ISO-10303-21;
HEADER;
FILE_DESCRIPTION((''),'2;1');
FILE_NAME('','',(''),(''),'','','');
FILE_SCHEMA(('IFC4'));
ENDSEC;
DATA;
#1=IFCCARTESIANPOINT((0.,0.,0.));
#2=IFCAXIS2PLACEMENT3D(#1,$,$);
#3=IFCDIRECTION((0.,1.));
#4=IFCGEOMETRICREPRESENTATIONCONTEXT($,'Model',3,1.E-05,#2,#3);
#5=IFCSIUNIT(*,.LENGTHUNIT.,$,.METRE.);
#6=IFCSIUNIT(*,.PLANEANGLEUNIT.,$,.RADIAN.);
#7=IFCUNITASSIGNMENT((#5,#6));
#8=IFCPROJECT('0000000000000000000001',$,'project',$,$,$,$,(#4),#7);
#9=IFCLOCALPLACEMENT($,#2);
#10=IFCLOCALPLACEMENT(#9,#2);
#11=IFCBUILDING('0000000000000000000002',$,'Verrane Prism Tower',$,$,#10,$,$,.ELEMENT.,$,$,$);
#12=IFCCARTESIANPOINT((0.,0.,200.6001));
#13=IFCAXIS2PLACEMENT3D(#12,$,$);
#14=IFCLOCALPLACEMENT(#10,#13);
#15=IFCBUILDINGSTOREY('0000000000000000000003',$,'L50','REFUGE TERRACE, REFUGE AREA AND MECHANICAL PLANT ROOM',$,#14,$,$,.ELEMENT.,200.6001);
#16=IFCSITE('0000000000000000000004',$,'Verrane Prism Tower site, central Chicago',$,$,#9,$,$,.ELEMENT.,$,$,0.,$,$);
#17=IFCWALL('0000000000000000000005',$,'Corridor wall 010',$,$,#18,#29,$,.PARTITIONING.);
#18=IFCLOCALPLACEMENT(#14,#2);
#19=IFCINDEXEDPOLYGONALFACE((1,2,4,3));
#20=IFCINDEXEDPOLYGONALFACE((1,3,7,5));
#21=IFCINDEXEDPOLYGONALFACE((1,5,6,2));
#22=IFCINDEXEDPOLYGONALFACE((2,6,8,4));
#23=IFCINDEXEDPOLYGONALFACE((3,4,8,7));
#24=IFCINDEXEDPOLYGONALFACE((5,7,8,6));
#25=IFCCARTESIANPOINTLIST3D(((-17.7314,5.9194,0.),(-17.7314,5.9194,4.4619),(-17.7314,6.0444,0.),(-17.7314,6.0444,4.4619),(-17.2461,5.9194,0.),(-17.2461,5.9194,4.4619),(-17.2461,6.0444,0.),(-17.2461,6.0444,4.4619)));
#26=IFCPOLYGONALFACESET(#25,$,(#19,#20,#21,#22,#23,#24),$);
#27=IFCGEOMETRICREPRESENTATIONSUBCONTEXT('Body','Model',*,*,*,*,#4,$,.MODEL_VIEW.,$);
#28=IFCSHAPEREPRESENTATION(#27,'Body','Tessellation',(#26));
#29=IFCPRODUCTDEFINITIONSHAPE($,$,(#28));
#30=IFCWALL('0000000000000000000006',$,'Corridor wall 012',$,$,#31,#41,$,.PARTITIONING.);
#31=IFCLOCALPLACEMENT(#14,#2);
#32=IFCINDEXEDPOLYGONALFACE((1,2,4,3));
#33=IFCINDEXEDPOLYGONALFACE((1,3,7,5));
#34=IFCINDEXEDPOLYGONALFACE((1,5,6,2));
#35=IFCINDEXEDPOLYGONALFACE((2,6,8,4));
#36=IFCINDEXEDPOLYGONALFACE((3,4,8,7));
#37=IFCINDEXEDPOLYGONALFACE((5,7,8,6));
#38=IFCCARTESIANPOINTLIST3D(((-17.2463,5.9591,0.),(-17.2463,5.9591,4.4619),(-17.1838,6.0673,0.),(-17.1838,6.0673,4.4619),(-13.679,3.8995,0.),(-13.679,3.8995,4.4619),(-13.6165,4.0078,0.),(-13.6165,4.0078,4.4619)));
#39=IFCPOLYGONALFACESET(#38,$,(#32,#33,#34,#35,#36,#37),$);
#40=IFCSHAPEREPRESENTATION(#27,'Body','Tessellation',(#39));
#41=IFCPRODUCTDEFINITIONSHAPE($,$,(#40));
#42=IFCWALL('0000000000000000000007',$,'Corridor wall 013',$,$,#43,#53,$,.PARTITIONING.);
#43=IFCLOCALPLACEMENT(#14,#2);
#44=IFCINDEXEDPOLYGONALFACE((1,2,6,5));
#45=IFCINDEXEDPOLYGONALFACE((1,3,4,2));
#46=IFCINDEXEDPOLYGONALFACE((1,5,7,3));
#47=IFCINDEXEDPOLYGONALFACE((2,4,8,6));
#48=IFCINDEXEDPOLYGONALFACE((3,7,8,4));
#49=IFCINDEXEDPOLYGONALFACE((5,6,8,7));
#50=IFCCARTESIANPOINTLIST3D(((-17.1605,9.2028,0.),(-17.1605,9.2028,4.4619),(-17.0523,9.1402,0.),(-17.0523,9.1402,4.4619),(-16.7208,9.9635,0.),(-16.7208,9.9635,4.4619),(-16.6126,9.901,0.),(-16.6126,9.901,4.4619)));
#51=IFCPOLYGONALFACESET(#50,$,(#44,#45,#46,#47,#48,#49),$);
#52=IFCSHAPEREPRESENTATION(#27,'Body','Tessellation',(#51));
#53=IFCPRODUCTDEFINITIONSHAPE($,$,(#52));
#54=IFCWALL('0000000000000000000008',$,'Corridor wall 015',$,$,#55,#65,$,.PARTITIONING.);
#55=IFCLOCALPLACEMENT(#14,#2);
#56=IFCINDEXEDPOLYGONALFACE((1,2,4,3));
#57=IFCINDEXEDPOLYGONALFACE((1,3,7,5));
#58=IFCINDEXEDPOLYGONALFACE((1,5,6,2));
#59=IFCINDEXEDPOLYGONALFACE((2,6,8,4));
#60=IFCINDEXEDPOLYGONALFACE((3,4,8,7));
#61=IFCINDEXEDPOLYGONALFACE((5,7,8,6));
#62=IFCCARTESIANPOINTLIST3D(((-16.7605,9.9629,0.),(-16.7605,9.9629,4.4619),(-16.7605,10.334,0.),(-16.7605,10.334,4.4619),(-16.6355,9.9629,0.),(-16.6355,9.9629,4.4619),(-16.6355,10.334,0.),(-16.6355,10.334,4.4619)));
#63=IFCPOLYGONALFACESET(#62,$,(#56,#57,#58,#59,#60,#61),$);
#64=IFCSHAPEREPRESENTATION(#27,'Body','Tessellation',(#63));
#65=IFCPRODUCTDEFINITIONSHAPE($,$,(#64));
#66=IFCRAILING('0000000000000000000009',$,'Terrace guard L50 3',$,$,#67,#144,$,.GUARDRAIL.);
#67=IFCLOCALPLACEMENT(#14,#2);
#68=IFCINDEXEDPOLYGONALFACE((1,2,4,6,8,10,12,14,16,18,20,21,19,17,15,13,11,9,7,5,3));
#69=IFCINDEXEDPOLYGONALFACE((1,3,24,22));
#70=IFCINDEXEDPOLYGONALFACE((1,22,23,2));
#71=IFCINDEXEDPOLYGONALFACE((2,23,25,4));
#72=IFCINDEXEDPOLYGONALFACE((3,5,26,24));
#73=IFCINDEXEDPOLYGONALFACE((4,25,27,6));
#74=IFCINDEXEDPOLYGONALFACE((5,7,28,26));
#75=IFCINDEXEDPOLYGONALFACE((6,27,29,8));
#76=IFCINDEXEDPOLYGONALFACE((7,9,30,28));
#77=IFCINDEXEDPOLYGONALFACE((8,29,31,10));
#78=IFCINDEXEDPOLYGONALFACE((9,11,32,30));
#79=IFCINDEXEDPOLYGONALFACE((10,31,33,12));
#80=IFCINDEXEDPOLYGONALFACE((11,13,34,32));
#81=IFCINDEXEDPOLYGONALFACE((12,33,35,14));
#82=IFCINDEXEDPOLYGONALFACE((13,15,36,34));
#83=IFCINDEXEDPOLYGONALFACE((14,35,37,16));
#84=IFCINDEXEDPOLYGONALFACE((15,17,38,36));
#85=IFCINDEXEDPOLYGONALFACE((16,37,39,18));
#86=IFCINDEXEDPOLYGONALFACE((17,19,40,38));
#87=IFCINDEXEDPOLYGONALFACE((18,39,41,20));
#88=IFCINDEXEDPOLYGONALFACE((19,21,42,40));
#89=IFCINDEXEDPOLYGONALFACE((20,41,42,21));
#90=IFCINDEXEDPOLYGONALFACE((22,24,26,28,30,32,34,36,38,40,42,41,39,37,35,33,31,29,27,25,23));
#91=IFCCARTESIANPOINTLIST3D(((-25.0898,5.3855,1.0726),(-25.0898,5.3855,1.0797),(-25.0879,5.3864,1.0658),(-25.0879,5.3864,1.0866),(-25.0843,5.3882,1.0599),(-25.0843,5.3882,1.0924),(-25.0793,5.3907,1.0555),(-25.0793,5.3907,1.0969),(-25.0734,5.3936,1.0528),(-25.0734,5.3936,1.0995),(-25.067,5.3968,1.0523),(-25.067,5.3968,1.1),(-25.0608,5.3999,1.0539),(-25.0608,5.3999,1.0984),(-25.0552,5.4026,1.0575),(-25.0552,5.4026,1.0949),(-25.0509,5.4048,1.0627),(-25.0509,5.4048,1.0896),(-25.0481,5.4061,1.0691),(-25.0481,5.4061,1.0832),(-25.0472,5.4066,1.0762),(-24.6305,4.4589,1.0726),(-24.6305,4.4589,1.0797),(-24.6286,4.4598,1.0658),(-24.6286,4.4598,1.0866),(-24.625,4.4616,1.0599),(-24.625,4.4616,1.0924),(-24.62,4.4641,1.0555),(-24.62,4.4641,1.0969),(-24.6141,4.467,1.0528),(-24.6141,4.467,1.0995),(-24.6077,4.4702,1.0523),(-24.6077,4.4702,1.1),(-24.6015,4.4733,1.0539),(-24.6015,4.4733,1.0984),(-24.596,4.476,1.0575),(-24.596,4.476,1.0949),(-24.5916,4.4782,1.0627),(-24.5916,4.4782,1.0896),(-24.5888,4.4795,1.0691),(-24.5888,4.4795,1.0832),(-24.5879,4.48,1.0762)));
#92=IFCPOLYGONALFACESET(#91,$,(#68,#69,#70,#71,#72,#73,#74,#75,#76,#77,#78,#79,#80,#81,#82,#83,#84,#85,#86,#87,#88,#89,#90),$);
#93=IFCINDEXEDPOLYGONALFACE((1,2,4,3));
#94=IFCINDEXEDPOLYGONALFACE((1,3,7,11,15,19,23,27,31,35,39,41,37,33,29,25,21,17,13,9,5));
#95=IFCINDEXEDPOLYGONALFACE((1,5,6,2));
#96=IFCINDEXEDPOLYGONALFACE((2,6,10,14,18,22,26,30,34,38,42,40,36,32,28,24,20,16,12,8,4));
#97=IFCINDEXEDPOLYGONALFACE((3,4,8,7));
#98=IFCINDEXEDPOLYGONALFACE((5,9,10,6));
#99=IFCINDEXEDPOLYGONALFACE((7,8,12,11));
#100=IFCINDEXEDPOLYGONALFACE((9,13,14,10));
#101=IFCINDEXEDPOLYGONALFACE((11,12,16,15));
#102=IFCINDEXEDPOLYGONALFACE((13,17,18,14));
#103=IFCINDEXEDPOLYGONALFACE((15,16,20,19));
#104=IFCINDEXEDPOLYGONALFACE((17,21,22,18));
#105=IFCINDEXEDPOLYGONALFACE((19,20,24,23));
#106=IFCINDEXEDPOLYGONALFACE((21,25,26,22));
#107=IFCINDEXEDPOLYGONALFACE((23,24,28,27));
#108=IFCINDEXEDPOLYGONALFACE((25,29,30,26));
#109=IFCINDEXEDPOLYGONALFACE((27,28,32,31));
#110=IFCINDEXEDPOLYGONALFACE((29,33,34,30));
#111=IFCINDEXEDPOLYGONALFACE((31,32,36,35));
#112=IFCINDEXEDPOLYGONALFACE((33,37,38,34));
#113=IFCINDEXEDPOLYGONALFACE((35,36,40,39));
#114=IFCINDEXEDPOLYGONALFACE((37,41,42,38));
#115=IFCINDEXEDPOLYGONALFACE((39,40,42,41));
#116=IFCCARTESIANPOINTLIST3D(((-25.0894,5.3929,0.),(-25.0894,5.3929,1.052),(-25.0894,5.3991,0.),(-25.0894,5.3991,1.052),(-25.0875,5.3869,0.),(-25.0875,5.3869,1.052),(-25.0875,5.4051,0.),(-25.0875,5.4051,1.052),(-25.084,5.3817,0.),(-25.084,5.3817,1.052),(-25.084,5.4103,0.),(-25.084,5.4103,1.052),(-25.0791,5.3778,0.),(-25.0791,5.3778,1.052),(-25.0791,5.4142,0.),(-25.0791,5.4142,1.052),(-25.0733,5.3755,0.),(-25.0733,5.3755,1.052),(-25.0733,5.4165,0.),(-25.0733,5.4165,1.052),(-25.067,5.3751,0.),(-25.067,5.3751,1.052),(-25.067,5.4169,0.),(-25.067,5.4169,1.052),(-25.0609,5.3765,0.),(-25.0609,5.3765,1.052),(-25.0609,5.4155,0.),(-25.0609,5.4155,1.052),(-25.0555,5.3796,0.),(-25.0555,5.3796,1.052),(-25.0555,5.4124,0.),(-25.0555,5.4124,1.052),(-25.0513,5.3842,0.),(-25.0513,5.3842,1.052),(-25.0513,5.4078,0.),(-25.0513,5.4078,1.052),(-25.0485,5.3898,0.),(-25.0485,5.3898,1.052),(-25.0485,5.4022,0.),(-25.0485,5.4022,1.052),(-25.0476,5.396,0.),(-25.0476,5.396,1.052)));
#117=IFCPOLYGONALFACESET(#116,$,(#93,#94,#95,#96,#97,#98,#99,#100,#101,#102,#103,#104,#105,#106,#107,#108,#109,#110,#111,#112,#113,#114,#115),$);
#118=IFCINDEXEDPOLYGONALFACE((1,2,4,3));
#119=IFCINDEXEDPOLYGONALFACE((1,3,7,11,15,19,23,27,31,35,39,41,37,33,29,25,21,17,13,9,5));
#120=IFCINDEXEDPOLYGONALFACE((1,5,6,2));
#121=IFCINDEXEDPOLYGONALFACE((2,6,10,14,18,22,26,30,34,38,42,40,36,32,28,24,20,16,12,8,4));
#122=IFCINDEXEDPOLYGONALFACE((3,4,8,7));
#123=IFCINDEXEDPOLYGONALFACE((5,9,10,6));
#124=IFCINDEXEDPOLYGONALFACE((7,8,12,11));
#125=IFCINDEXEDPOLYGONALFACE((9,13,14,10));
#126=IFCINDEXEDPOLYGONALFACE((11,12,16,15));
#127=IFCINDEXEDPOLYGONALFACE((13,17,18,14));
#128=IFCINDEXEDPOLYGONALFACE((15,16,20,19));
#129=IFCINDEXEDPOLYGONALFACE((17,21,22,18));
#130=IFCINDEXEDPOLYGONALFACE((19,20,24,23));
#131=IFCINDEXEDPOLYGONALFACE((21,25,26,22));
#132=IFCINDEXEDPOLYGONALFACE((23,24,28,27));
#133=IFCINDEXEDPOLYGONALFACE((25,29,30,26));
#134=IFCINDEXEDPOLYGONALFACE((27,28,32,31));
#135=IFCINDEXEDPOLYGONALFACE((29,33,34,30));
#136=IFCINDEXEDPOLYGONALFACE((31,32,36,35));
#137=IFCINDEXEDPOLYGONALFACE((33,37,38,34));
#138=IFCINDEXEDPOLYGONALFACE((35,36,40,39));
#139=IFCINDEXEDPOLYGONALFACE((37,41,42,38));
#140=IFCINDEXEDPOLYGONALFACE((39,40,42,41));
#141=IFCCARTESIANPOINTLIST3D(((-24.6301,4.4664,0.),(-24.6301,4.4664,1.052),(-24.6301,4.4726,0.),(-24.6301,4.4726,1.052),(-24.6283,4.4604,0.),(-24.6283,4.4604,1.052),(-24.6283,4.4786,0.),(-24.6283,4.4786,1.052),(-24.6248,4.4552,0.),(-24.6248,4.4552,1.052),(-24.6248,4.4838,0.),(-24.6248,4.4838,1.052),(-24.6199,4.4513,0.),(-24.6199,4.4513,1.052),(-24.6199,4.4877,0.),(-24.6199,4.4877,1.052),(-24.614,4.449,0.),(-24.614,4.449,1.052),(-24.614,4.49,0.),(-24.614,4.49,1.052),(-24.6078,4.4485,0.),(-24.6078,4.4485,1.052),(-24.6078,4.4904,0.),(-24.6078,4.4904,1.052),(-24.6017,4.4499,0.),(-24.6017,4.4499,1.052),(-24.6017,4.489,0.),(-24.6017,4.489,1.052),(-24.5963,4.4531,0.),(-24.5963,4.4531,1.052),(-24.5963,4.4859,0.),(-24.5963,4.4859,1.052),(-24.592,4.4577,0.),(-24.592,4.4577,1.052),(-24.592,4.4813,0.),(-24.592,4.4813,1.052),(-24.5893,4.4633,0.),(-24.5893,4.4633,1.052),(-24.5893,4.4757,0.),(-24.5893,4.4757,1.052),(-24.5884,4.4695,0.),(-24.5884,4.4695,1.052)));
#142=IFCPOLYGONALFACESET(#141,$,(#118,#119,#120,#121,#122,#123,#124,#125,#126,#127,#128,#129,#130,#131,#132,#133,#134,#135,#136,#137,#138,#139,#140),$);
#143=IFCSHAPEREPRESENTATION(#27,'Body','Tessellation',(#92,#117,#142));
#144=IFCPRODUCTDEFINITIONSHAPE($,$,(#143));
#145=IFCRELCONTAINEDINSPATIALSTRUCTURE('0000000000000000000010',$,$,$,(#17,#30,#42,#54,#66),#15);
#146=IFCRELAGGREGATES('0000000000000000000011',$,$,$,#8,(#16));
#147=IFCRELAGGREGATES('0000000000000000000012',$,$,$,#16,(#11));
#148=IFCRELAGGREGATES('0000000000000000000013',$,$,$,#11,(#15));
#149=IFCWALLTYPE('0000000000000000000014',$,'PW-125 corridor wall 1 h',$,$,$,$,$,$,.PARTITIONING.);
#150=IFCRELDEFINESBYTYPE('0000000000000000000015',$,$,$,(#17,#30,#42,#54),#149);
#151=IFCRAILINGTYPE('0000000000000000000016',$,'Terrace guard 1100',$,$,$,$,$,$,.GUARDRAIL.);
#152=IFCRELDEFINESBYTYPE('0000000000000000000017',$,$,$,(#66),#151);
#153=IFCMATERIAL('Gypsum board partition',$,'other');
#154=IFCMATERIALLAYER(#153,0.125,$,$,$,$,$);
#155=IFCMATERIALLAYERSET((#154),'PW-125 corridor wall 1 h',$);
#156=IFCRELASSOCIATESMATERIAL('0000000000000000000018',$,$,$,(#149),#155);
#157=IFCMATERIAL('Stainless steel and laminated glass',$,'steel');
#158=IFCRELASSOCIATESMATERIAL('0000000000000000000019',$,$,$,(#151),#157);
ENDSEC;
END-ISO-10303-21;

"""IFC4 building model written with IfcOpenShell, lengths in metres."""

from ifc_helpers import new_model, si_unit, direction, frame, frame_2d, origin, origin_2d, place, context, subcontext, project, spatial, rectangle, circle, extrude, material, layer, layer_set, type_object, element, save


model = new_model("IFC4")

# Units and contexts
model_context = context("Model", 3, precision=1e-05, world=origin(), true_north=direction((0.0, 1.0)))
body_context = subcontext(model_context, "Body", "Model", "MODEL_VIEW")
ifc_project = project(units=[si_unit("LENGTHUNIT", "METRE"), si_unit("PLANEANGLEUNIT", "RADIAN")], contexts=[model_context])

# Site, building, storey
site_placement = place(None, origin())
site = spatial("IfcSite", under=ifc_project, at=site_placement, Name="Verrane Prism Tower site, central Chicago", CompositionType="ELEMENT", RefElevation=0.0)
building_placement = place(site_placement, origin())
building = spatial("IfcBuilding", under=site, at=building_placement, Name="Verrane Prism Tower", CompositionType="ELEMENT")
storey_placement = place(building_placement, frame((0.0, 0.0, 200.6001)))
storey = spatial("IfcBuildingStorey", under=building, at=storey_placement, Name="L50", Description="REFUGE TERRACE, REFUGE AREA AND MECHANICAL PLANT ROOM", CompositionType="ELEMENT", Elevation=200.6001)

# Walls
ifc_material_1 = material(Name="Gypsum board partition", Category="other")
ifc_layer_1 = layer(ifc_material_1, 0.125)
ifc_layer_set_1 = layer_set([ifc_layer_1], Name="PW-125 corridor wall 1 h")
wall_type = type_object("IfcWallType", Name="PW-125 corridor wall 1 h", PredefinedType="PARTITIONING", material=ifc_layer_set_1)
wall_1_placement = place(storey_placement, frame((-17.7314, 5.9819, 0.0), z_axis=(0.0, 0.0, 1.0), x_axis=(1.0, 0.0, 0.0)))
element("IfcWall", 1, at=wall_1_placement, inside=storey, type_object=wall_type, Name="Corridor wall 010", PredefinedType="PARTITIONING", context=body_context, shape_type="SweptSolid", body=[
    extrude(rectangle(XDim=0.4854, YDim=0.125, at=frame_2d((0.2427, 0.0))), origin(), (0.0, 0.0, 1.0), 4.4619),
])
wall_2_placement = place(storey_placement, frame((-17.2151, 6.0132, 0.0), z_axis=(0.0, 0.0, 1.0), x_axis=(0.866032, -0.499989, 0.0)))
element("IfcWall", 2, at=wall_2_placement, inside=storey, type_object=wall_type, Name="Corridor wall 012", PredefinedType="PARTITIONING", context=body_context, shape_type="SweptSolid", body=[
    extrude(rectangle(XDim=4.1191, YDim=0.125, at=frame_2d((2.0596, 0.0))), origin(), (0.0, 0.0, 1.0), 4.4619),
])
wall_3_placement = place(storey_placement, frame((-17.1064, 9.1714, 0.0), z_axis=(0.0, 0.0, 1.0), x_axis=(0.500412, 0.865787, 0.0)))
element("IfcWall", 3, at=wall_3_placement, inside=storey, type_object=wall_type, Name="Corridor wall 013", PredefinedType="PARTITIONING", context=body_context, shape_type="SweptSolid", body=[
    extrude(rectangle(XDim=0.8787, YDim=0.125, at=frame_2d((0.4395, 0.0))), origin(), (0.0, 0.0, 1.0), 4.4619),
])
wall_4_placement = place(storey_placement, frame((-16.698, 9.9629, 0.0), z_axis=(0.0, 0.0, 1.0), x_axis=(0.0, 1.0, 0.0)))
element("IfcWall", 4, at=wall_4_placement, inside=storey, type_object=wall_type, Name="Corridor wall 015", PredefinedType="PARTITIONING", context=body_context, shape_type="SweptSolid", body=[
    extrude(rectangle(XDim=0.3711, YDim=0.125, at=frame_2d((0.1855, 0.0))), origin(), (0.0, 0.0, 1.0), 4.4619),
])

# Railing
ifc_material_2 = material(Name="Stainless steel and laminated glass", Category="steel")
railing_type = type_object("IfcRailingType", Name="Terrace guard 1100", PredefinedType="GUARDRAIL", material=ifc_material_2)
railing_placement = place(storey_placement, frame((-25.0686, 5.396, 0.0)))
element("IfcRailing", 5, at=railing_placement, inside=storey, type_object=railing_type, Name="Terrace guard L50 3", PredefinedType="GUARDRAIL", context=body_context, shape_type="SweptSolid", body=[
    extrude(circle(Radius=0.0239, at=origin_2d()), frame((0.0, 0.0, 1.0762), z_axis=(0.444094, -0.89598, 0.0), x_axis=(0.89598, 0.444094, 0.0)), (0.0, 0.0, 1.0), 1.0342),
    extrude(circle(Radius=0.021, at=origin_2d()), origin(), (0.0, 0.0, 1.0), 1.052),
    extrude(circle(Radius=0.021, at=origin_2d()), frame((0.4592, -0.9265, 0.0)), (0.0, 0.0, 1.0), 1.052),
])

save(model, "model.ifc")
